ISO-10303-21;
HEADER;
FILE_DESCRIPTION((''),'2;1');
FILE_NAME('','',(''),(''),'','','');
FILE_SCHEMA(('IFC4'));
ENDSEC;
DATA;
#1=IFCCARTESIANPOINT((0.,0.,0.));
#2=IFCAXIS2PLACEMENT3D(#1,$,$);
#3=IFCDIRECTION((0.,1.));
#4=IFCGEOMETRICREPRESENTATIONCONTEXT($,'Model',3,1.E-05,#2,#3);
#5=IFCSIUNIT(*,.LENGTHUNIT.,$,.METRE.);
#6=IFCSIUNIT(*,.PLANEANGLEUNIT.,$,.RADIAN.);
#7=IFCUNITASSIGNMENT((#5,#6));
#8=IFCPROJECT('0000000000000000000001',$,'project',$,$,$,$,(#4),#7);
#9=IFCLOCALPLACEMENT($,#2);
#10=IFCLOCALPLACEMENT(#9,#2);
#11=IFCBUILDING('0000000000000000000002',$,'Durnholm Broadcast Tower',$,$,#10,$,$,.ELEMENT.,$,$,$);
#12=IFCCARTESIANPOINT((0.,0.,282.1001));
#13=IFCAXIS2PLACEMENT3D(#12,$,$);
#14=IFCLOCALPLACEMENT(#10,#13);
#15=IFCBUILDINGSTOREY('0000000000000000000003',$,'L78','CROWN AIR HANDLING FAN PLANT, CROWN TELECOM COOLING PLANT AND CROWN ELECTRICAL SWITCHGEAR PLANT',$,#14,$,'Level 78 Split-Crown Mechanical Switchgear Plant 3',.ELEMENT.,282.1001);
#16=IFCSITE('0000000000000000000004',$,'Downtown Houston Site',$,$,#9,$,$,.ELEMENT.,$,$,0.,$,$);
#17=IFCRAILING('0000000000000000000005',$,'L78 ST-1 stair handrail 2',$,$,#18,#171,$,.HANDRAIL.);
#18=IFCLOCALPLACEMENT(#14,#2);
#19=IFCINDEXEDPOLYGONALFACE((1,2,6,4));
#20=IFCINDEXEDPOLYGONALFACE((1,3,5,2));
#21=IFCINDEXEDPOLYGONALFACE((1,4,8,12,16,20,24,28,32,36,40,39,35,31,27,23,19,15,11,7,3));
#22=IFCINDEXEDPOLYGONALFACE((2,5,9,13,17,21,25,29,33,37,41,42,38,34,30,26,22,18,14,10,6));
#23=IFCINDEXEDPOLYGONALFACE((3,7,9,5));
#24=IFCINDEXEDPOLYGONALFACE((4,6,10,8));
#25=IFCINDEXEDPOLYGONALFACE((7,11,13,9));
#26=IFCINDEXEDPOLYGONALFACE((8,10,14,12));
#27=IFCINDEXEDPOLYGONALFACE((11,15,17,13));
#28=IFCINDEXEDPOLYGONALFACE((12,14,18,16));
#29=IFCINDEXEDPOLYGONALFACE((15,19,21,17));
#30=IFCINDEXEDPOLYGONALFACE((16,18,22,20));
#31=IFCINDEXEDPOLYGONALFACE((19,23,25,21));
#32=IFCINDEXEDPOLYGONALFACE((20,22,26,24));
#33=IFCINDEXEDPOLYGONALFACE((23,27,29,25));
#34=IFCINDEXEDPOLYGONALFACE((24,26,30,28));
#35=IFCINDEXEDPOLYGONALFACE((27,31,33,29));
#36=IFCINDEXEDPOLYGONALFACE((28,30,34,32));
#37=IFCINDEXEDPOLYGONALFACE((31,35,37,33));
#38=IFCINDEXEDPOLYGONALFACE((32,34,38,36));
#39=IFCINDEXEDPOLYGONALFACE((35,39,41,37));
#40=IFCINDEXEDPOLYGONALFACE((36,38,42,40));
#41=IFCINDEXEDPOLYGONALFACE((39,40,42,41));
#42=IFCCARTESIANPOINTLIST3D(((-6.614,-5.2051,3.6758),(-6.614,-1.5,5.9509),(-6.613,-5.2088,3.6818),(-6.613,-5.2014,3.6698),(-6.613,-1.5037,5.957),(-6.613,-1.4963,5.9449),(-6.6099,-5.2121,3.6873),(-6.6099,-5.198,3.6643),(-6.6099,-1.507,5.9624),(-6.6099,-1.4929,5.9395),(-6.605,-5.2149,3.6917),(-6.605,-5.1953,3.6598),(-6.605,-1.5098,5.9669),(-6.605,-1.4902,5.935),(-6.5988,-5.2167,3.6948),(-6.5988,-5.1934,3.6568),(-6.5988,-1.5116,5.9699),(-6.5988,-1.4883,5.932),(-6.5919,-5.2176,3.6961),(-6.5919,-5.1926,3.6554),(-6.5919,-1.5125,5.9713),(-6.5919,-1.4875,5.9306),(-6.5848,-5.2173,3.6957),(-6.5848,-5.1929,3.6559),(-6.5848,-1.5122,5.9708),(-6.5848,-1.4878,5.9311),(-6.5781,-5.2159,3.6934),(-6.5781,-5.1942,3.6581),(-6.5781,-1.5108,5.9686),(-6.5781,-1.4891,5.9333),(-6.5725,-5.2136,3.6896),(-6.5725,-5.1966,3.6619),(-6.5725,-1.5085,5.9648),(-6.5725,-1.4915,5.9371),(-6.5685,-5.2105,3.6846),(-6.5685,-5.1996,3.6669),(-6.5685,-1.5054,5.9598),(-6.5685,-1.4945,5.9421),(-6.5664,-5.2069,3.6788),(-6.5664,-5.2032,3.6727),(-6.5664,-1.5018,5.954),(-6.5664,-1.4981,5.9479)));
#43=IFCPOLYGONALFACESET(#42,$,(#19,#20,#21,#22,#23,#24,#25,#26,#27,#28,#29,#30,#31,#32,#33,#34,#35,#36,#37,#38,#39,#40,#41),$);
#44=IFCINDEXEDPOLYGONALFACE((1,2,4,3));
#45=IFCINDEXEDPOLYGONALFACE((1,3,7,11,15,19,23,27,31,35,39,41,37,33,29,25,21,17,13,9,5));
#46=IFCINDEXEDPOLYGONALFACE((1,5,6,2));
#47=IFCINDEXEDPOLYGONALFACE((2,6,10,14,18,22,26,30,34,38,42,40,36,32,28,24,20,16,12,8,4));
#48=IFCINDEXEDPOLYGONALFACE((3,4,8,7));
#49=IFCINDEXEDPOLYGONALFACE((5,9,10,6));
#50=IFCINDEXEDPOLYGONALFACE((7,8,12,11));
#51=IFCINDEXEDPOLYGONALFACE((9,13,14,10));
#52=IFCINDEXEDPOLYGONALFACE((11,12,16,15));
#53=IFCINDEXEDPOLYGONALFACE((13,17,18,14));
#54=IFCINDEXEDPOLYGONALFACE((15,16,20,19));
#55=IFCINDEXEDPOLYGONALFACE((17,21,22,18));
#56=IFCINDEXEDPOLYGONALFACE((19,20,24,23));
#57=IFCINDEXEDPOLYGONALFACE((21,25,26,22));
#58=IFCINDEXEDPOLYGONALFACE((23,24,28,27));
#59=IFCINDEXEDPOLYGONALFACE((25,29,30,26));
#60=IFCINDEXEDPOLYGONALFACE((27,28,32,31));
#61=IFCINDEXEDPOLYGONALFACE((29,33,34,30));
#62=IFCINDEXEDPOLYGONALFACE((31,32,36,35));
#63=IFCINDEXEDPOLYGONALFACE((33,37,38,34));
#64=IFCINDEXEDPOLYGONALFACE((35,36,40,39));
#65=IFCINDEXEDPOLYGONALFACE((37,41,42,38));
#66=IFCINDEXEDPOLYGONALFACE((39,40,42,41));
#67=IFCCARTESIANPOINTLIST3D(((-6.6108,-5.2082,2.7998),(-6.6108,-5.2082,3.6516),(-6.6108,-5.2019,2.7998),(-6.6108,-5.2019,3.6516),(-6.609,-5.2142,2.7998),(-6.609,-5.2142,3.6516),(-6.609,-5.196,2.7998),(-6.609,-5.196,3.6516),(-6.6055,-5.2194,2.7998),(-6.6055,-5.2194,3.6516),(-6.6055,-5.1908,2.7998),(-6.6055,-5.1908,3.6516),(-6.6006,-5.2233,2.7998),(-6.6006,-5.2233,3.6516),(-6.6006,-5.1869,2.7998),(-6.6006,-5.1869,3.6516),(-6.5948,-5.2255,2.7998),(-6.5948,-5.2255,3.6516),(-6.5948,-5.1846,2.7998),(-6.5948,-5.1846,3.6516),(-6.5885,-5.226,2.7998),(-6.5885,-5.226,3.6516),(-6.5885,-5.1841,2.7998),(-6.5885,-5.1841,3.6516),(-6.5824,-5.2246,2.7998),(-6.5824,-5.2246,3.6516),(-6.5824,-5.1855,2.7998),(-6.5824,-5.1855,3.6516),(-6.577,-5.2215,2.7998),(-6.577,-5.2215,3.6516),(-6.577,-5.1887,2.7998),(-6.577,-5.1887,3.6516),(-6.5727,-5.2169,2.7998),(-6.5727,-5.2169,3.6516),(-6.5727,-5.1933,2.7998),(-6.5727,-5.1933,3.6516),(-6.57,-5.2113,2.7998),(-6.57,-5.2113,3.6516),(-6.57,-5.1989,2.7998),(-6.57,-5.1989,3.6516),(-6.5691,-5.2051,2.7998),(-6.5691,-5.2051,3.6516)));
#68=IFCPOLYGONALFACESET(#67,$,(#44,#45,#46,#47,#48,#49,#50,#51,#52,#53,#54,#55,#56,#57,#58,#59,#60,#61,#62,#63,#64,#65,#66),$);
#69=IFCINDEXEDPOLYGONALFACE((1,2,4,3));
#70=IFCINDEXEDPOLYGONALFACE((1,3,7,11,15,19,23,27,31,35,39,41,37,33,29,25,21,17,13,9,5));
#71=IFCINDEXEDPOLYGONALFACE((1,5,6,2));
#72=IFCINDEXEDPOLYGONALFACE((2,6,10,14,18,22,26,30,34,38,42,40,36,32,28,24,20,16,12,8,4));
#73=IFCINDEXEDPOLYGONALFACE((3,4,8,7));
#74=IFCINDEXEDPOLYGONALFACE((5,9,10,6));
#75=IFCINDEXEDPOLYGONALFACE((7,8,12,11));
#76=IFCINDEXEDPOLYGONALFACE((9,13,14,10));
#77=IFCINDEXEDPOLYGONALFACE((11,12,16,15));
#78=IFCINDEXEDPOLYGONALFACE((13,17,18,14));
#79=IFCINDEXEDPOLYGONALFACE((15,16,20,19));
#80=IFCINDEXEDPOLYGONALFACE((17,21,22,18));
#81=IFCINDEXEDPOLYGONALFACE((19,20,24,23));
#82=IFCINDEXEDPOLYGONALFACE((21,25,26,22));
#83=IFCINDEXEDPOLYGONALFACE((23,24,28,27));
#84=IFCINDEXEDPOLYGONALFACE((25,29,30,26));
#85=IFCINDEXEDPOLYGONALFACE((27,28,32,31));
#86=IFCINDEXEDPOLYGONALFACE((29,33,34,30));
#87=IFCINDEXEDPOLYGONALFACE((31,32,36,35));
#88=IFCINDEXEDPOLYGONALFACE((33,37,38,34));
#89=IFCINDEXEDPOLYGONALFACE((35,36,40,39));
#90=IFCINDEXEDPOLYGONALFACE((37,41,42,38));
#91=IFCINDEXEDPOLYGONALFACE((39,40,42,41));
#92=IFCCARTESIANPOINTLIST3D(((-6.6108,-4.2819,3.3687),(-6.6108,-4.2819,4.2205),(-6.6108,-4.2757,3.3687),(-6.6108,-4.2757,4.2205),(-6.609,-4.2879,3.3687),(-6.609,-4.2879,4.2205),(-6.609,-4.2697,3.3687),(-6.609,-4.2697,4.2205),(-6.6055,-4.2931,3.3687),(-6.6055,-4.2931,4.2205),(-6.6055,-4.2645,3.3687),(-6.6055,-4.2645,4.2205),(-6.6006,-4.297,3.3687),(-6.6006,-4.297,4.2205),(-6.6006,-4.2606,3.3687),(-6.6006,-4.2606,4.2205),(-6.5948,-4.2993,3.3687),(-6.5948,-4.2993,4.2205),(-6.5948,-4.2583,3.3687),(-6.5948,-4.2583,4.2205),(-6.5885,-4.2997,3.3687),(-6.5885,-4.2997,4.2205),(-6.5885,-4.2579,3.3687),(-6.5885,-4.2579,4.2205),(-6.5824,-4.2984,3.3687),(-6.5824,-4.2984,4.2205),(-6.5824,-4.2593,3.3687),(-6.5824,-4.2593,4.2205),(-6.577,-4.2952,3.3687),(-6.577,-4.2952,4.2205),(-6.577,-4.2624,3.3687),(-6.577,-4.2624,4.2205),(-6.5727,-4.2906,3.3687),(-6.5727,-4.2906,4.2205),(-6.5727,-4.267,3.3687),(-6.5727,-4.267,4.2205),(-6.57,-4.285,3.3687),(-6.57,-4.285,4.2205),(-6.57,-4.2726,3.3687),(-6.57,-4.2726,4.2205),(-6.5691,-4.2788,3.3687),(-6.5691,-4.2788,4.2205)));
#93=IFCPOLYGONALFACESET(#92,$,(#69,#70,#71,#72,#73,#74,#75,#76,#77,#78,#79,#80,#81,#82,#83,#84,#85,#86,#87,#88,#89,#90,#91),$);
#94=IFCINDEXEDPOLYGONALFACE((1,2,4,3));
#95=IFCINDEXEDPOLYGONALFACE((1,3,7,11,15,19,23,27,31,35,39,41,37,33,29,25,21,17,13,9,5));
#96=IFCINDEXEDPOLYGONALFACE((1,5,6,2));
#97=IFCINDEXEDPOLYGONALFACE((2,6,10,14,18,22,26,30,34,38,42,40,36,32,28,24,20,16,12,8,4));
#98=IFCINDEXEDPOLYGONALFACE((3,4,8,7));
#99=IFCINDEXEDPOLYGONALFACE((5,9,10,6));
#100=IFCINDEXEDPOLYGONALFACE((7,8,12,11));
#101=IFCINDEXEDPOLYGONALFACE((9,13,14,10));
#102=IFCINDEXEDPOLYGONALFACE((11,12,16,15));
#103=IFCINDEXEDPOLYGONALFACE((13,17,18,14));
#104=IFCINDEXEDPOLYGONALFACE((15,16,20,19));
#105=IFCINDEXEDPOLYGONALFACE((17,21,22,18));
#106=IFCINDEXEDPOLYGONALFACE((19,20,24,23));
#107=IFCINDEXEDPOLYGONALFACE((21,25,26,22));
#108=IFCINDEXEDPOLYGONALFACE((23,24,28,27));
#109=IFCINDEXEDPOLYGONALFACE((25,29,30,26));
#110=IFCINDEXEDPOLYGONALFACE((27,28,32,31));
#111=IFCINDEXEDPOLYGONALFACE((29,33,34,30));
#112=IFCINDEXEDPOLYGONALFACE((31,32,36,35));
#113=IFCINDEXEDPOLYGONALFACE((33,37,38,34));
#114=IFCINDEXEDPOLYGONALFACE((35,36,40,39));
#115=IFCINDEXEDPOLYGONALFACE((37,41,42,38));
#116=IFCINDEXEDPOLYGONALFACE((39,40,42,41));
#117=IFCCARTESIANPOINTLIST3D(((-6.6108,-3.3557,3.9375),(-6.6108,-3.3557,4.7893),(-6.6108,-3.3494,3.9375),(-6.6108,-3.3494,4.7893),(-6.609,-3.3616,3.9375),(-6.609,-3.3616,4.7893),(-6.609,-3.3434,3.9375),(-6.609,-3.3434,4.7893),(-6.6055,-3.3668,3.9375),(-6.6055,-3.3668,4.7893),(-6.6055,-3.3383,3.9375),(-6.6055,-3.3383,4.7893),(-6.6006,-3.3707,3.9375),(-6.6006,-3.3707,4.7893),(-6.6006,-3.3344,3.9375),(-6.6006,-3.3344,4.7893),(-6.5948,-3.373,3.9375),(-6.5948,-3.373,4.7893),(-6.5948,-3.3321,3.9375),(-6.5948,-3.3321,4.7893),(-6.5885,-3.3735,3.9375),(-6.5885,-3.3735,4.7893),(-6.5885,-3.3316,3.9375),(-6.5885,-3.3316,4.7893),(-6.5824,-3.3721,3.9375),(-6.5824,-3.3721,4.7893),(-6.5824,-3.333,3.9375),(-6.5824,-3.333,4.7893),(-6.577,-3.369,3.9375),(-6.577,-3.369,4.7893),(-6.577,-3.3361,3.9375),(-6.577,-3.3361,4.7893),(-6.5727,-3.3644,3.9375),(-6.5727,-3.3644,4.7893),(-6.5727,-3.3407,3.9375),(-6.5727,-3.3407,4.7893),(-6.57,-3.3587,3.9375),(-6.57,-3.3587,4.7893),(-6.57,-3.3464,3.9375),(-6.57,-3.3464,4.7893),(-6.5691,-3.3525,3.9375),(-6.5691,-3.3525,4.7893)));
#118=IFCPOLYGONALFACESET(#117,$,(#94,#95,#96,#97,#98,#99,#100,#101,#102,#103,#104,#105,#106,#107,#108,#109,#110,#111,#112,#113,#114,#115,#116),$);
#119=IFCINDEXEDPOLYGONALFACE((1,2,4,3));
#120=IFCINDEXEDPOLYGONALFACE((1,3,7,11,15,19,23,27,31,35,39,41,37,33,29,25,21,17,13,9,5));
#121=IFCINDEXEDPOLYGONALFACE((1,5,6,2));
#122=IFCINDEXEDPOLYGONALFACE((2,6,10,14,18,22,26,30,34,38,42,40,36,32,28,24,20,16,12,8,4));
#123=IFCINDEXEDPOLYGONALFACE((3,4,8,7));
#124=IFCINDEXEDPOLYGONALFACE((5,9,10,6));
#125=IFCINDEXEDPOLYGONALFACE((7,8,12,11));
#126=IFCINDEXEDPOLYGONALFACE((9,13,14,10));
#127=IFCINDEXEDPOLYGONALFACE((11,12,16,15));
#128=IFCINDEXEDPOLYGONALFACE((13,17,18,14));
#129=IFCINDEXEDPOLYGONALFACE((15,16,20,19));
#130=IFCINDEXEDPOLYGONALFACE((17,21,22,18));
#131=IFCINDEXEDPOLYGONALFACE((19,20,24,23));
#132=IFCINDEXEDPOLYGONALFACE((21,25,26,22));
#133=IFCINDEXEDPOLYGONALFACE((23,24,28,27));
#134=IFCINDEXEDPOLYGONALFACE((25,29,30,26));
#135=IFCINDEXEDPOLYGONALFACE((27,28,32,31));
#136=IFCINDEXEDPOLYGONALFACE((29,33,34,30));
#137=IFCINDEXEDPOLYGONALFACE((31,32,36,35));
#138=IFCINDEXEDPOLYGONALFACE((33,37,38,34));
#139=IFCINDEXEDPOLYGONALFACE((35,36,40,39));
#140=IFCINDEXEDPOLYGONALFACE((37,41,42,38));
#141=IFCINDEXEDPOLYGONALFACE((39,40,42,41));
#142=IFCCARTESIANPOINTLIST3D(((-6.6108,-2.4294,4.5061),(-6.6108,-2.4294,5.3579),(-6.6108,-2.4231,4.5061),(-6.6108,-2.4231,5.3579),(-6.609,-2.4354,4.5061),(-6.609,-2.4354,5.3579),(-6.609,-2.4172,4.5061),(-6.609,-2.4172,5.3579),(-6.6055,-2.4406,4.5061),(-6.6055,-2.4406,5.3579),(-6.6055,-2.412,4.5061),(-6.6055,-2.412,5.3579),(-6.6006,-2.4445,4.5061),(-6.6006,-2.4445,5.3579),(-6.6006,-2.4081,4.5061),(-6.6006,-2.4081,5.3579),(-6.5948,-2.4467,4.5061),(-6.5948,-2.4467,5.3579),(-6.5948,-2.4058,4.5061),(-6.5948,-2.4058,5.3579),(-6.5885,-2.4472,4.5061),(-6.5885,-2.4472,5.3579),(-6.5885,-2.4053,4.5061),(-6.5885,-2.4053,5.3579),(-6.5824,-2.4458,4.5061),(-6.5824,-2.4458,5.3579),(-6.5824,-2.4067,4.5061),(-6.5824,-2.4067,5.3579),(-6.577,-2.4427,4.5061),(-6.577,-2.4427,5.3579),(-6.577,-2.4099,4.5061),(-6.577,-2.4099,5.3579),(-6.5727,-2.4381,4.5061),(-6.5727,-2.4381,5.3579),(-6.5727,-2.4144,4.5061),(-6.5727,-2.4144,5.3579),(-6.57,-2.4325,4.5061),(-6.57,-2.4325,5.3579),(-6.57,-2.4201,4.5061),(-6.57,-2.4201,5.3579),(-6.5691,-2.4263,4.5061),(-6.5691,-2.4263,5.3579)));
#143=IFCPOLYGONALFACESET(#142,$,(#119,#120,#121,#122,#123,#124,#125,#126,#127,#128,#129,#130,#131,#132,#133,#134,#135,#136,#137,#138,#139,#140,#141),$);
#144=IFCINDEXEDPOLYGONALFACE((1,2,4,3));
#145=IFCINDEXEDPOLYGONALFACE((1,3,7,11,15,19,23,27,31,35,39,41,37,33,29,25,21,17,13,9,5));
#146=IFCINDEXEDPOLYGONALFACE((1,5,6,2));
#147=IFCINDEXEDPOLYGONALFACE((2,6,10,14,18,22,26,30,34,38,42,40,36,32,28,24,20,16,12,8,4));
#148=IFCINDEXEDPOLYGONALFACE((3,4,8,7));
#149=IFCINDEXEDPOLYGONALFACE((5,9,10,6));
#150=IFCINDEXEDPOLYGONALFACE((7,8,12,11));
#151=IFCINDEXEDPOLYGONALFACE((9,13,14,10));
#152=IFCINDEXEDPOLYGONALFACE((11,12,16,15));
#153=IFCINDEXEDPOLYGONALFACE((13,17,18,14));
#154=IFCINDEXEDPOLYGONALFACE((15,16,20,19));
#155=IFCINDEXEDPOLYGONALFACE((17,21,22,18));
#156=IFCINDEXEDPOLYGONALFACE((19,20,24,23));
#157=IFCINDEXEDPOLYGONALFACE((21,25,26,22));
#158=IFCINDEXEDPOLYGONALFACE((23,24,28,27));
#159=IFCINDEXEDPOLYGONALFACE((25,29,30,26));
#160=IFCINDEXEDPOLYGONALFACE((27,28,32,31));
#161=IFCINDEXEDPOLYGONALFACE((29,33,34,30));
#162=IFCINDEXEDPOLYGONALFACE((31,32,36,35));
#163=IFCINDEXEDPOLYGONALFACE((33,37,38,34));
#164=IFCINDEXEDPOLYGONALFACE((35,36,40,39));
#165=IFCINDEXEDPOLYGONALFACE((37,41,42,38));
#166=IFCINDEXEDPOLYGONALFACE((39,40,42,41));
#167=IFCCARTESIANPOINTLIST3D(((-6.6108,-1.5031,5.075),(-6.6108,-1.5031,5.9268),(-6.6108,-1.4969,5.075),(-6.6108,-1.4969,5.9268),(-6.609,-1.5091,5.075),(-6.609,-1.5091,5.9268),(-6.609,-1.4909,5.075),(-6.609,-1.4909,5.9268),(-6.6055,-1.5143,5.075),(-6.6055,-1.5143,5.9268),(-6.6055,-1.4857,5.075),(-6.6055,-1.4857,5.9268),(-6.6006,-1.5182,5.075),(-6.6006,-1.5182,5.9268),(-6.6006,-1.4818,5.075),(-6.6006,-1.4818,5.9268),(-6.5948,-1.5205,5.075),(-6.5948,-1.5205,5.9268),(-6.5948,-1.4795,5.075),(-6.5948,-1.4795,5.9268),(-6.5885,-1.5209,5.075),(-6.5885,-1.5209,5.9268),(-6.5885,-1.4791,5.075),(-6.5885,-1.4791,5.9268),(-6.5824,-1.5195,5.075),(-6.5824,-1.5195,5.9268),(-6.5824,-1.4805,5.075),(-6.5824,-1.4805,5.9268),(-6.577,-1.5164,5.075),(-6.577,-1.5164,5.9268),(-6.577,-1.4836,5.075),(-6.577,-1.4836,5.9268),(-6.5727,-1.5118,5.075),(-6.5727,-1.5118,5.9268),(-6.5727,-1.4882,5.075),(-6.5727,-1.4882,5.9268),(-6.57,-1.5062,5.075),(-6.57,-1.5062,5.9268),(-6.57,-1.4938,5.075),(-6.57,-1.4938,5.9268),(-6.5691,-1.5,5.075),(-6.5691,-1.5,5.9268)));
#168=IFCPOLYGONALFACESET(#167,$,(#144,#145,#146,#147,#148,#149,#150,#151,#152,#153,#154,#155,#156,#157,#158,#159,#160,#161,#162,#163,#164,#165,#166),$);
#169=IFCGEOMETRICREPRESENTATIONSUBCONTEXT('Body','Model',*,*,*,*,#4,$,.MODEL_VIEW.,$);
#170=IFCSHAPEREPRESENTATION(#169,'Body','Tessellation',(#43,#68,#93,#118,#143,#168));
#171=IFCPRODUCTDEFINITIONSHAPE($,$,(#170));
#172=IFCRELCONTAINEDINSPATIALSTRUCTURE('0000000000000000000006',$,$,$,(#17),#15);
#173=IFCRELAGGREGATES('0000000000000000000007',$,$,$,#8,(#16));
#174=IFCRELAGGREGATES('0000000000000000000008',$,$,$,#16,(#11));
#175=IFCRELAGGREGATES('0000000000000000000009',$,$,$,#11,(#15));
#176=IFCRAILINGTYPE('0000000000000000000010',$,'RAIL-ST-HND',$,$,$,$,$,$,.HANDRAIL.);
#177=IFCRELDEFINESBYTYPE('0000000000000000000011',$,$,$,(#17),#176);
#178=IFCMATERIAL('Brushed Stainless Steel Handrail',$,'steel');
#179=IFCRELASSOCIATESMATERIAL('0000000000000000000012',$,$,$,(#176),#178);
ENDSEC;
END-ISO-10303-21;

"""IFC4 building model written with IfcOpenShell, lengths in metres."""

from ifc_helpers import new_model, si_unit, direction, frame, origin, origin_2d, place, context, subcontext, project, spatial, circle, extrude, material, type_object, element, save


model = new_model("IFC4")

# Units and contexts
model_context = context("Model", 3, precision=1e-05, world=origin(), true_north=direction((0.0, 1.0)))
body_context = subcontext(model_context, "Body", "Model", "MODEL_VIEW")
ifc_project = project(units=[si_unit("LENGTHUNIT", "METRE"), si_unit("PLANEANGLEUNIT", "RADIAN")], contexts=[model_context])

# Site, building, storey
site_placement = place(None, origin())
site = spatial("IfcSite", under=ifc_project, at=site_placement, Name="Downtown Houston Site", CompositionType="ELEMENT", RefElevation=0.0)
building_placement = place(site_placement, origin())
building = spatial("IfcBuilding", under=site, at=building_placement, Name="Durnholm Broadcast Tower", CompositionType="ELEMENT")
storey_placement = place(building_placement, frame((0.0, 0.0, 282.1001)))
storey = spatial("IfcBuildingStorey", under=building, at=storey_placement, Name="L78", Description="CROWN AIR HANDLING FAN PLANT, CROWN TELECOM COOLING PLANT AND CROWN ELECTRICAL SWITCHGEAR PLANT", LongName="Level 78 Split-Crown Mechanical Switchgear Plant 3", CompositionType="ELEMENT", Elevation=282.1001)

# Railing
ifc_material_1 = material(Name="Brushed Stainless Steel Handrail", Category="steel")
railing_type_1 = type_object("IfcRailingType", Name="RAIL-ST-HND", PredefinedType="HANDRAIL", material=ifc_material_1)
railing_1_placement = place(storey_placement, frame((-6.5901, -5.2051, 2.7998)))
element("IfcRailing", 1, at=railing_1_placement, inside=storey, type_object=railing_type_1, Name="L78 ST-1 stair handrail 2", PredefinedType="HANDRAIL", context=body_context, shape_type="SweptSolid", body=[
    extrude(circle(Radius=0.0239, at=origin_2d()), frame((0.0, 0.0, 0.876), z_axis=(0.0, 0.852161, 0.523279), x_axis=(-1.0, 0.0, 0.0)), (0.0, 0.0, 1.0), 4.3479),
    extrude(circle(Radius=0.021, at=origin_2d()), origin(), (0.0, 0.0, 1.0), 0.8518),
    extrude(circle(Radius=0.021, at=origin_2d()), frame((0.0, 0.9263, 0.5688)), (0.0, 0.0, 1.0), 0.8518),
    extrude(circle(Radius=0.021, at=origin_2d()), frame((0.0, 1.8525, 1.1377)), (0.0, 0.0, 1.0), 0.8518),
    extrude(circle(Radius=0.021, at=origin_2d()), frame((0.0, 2.7788, 1.7063)), (0.0, 0.0, 1.0), 0.8518),
    extrude(circle(Radius=0.021, at=origin_2d()), frame((0.0, 3.7051, 2.2751)), (0.0, 0.0, 1.0), 0.8518),
])

save(model, "model.ifc")
